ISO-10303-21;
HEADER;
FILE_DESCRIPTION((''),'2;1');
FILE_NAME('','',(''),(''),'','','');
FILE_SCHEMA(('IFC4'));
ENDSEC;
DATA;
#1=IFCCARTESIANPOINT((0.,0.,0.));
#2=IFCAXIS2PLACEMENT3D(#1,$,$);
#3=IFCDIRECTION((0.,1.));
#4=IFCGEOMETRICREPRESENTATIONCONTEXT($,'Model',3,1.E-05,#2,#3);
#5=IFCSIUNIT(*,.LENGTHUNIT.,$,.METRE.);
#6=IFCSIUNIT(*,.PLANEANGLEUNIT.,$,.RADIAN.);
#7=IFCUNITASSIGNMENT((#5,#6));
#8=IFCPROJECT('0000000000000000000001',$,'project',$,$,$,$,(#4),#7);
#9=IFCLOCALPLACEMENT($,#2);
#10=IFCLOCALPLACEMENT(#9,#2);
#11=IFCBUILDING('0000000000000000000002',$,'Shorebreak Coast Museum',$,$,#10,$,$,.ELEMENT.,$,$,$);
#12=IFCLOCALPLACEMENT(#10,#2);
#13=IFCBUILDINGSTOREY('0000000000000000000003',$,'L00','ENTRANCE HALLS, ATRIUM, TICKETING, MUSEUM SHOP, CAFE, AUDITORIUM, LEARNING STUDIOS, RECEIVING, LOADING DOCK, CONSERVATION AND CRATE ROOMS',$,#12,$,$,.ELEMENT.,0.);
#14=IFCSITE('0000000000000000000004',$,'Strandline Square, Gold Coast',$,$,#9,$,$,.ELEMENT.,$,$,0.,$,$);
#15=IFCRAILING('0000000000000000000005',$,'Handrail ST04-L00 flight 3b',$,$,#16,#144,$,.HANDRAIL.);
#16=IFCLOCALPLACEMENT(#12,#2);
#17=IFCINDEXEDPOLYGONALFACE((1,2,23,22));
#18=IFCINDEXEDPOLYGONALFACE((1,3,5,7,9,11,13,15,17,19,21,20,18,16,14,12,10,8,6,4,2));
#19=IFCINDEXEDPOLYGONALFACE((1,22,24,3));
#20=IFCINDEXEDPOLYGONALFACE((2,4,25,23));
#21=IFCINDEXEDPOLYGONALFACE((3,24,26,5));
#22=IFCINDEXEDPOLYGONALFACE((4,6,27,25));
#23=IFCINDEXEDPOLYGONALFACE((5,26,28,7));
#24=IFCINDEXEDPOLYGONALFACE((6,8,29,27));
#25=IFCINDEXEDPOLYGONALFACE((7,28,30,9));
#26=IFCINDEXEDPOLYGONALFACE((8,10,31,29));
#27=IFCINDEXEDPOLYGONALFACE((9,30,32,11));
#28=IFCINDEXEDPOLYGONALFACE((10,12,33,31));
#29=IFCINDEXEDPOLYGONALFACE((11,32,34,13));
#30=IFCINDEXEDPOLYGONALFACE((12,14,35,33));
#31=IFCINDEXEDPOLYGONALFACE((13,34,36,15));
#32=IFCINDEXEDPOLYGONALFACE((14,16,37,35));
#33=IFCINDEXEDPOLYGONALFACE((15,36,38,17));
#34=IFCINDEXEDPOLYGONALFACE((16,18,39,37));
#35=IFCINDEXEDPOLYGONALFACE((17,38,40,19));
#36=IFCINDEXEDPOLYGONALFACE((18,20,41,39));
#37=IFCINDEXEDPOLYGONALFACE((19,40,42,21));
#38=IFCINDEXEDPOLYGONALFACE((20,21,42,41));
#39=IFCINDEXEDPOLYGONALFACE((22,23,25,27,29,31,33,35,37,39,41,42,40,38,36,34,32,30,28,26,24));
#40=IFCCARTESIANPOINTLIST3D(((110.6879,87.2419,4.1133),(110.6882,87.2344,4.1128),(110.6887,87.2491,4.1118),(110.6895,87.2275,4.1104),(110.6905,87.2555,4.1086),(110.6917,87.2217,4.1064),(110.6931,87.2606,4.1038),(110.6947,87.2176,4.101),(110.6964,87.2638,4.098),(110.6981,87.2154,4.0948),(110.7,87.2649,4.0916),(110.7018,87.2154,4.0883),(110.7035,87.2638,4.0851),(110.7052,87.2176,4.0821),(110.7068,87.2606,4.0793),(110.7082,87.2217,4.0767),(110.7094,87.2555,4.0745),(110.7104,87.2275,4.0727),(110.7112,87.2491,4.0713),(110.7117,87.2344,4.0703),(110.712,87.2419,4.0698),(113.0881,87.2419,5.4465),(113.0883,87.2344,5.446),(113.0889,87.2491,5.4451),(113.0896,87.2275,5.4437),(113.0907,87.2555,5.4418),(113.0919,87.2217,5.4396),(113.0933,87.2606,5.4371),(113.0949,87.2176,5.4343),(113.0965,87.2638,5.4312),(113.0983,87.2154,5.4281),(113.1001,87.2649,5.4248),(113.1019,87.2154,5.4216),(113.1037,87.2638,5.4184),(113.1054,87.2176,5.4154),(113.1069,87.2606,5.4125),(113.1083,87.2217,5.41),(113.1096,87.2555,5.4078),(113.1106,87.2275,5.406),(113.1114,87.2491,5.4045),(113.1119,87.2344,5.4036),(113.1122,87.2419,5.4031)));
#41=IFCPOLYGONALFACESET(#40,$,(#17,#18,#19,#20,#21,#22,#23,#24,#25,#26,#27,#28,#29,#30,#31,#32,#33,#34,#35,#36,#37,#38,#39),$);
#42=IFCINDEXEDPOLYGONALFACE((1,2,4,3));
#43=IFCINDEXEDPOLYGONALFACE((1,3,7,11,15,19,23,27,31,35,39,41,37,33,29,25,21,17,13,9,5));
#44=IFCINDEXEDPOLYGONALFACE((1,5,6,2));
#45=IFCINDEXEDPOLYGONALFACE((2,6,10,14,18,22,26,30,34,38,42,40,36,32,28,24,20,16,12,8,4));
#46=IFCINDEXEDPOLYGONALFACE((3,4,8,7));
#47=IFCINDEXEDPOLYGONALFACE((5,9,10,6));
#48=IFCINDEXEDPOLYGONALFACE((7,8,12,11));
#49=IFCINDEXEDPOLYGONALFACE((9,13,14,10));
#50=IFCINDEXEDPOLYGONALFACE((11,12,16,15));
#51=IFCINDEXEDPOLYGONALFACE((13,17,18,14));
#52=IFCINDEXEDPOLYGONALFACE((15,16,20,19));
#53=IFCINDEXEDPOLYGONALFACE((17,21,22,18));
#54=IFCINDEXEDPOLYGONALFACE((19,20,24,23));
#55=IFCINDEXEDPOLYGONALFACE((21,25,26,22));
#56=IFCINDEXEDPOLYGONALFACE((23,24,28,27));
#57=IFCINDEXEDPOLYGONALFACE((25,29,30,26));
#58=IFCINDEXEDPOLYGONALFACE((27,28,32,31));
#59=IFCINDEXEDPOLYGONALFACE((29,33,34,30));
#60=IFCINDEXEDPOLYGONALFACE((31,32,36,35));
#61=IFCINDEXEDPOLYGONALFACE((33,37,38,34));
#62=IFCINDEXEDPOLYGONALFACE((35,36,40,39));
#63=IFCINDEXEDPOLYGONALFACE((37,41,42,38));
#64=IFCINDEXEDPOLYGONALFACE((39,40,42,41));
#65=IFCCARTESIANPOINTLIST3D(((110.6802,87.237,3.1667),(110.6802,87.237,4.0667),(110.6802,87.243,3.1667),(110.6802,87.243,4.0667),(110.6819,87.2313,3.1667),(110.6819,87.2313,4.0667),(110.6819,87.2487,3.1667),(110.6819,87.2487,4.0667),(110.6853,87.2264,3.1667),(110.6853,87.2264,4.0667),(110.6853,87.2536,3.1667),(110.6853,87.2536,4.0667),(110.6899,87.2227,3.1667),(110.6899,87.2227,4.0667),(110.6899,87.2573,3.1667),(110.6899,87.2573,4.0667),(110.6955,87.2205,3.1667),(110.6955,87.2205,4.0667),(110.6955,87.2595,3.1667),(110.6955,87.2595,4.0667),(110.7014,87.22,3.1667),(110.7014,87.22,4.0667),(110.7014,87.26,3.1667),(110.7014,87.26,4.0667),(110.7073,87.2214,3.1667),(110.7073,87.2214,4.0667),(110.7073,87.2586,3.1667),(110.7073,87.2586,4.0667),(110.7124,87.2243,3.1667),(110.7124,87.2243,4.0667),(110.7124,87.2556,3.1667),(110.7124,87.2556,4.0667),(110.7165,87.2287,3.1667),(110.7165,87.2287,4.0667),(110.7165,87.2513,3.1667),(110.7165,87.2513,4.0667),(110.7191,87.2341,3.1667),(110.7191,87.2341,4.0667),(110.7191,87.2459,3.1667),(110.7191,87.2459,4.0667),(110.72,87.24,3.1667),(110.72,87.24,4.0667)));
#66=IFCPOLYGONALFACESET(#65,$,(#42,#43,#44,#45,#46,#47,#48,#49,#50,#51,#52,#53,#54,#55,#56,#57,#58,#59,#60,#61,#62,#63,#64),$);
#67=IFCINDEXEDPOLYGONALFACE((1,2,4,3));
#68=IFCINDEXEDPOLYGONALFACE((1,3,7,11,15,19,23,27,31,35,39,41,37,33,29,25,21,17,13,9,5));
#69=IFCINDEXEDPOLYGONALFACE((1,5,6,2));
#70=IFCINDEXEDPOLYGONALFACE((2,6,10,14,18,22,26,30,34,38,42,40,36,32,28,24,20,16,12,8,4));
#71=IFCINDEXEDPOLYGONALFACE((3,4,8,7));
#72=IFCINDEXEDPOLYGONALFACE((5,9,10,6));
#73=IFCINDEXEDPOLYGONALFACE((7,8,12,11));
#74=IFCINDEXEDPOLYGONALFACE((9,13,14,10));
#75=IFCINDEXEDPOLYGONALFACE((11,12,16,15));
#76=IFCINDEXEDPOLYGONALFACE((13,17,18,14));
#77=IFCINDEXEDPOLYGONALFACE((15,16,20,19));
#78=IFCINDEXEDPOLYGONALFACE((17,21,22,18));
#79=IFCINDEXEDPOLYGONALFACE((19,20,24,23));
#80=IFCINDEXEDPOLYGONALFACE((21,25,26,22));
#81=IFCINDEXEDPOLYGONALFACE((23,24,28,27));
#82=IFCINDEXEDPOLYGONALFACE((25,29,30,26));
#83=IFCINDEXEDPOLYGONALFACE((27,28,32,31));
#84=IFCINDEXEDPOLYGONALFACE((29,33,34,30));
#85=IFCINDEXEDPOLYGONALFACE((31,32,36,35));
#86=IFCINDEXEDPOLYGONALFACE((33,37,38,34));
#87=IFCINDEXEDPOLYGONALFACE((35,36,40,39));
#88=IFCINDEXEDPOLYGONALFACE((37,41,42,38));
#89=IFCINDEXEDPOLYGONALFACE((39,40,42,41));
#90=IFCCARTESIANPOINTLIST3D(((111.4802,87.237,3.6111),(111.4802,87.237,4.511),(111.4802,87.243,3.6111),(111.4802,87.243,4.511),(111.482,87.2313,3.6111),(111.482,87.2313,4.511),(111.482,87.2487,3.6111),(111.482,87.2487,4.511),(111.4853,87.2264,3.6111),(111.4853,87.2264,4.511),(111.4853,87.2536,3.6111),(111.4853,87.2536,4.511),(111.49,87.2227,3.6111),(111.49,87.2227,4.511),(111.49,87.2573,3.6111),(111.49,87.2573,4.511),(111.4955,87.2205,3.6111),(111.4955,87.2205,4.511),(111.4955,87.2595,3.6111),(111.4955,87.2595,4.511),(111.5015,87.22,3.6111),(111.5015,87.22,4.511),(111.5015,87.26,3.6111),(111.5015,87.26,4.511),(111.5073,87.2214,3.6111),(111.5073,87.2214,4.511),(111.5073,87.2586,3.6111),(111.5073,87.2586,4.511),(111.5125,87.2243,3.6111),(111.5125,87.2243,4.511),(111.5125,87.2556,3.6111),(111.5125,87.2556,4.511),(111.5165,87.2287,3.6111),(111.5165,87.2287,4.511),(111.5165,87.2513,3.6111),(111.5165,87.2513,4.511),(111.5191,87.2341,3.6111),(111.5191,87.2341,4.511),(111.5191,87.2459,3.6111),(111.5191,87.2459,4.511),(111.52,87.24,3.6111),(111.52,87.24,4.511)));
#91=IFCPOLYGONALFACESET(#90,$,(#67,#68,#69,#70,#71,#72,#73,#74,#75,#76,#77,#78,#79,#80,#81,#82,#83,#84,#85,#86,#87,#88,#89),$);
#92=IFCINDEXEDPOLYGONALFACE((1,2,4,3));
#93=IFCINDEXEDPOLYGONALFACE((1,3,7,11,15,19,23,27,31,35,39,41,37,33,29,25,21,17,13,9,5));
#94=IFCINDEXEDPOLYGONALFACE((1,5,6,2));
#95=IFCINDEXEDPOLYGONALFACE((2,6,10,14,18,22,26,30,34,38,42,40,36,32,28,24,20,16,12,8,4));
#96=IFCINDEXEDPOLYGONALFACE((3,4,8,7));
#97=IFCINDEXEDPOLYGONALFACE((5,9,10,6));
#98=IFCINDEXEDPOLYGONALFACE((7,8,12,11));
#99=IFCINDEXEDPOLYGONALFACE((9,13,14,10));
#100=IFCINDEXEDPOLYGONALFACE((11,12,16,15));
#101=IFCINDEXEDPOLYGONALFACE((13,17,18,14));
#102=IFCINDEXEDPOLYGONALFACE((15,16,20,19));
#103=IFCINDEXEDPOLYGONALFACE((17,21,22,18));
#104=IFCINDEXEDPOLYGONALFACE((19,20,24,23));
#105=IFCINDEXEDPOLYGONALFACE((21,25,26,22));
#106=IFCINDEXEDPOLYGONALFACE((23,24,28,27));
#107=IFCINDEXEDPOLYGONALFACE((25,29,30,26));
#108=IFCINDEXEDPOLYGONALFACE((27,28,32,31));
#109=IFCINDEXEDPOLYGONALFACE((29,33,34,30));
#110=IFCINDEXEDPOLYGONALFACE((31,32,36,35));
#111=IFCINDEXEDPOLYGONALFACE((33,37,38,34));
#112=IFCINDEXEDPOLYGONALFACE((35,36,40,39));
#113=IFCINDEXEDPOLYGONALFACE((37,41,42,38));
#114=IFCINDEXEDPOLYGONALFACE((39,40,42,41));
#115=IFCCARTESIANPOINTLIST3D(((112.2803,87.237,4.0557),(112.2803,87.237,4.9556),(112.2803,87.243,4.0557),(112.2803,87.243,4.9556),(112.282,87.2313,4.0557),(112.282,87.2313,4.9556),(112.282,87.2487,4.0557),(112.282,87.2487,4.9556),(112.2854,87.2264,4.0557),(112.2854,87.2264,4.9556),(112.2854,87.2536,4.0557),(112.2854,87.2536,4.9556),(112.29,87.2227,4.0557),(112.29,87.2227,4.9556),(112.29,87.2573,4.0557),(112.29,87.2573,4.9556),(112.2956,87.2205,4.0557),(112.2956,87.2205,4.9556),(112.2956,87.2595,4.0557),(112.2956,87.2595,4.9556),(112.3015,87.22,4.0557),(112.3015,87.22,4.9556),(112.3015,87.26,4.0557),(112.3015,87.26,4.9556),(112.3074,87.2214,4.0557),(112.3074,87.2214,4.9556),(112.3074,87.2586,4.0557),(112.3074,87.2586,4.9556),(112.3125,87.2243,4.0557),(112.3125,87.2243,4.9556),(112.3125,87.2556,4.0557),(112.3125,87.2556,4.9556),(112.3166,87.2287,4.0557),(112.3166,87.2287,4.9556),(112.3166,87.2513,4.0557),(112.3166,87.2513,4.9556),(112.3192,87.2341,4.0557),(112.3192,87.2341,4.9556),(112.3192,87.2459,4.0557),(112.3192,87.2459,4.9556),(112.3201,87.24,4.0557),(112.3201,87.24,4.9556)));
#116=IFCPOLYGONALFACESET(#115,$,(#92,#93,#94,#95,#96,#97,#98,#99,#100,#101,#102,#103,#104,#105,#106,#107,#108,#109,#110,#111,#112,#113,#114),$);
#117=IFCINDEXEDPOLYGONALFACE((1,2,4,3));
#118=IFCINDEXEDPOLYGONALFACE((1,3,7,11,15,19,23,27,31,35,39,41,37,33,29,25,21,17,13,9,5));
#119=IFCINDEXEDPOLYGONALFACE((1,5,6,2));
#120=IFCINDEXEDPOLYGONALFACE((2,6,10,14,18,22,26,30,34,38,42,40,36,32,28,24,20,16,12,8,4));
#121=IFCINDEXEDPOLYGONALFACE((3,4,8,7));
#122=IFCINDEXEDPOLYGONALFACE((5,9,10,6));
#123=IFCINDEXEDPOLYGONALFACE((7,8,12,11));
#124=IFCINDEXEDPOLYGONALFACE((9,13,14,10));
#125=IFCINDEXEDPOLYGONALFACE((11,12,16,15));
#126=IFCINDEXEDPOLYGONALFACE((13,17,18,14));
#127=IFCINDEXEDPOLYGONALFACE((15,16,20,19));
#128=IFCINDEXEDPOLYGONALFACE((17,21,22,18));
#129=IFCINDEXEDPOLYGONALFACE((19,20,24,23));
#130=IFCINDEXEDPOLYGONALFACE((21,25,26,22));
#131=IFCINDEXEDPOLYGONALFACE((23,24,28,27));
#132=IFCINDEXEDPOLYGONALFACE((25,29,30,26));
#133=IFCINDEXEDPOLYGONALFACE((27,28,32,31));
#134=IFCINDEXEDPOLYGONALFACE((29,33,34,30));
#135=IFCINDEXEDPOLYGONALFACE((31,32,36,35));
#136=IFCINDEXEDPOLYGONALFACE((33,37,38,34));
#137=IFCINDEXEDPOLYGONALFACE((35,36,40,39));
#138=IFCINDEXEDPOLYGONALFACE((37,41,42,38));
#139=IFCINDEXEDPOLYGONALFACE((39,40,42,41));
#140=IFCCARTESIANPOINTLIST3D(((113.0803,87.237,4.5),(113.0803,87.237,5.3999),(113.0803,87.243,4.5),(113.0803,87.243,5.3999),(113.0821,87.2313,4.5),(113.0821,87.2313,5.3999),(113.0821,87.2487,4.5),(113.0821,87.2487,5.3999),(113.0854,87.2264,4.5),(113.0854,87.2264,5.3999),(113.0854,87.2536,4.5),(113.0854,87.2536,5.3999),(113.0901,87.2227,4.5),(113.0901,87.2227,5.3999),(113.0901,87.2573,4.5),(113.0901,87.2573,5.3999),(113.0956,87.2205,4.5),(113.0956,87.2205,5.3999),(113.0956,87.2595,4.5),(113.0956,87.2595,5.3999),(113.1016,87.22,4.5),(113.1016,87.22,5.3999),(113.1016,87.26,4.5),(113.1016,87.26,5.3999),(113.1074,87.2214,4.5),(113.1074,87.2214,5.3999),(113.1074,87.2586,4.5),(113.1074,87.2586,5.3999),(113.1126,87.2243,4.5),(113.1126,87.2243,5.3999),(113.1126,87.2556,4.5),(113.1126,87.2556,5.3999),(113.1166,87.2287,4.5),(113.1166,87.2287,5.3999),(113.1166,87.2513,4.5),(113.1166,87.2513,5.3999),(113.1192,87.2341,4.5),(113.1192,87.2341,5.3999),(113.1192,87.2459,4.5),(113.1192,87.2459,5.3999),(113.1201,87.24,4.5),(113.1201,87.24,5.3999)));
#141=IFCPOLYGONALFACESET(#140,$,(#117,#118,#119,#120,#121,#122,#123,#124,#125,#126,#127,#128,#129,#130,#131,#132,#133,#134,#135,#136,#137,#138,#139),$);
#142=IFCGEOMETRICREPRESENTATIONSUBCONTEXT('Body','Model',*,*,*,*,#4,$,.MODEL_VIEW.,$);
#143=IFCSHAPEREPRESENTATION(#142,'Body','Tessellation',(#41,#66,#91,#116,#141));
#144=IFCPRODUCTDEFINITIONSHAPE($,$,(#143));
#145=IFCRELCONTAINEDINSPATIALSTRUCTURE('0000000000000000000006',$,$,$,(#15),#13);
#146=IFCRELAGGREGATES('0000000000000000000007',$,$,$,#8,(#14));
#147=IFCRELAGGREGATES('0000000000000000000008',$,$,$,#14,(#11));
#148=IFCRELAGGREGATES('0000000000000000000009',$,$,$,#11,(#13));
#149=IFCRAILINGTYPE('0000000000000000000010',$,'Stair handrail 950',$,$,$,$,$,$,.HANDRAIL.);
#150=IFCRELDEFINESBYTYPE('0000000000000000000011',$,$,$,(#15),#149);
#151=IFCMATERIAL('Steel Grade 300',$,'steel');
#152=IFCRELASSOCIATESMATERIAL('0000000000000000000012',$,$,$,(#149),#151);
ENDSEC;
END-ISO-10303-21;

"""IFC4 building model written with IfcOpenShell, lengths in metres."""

from ifc_helpers import new_model, si_unit, direction, frame, origin, origin_2d, place, context, subcontext, project, spatial, circle, extrude, material, type_object, element, save


model = new_model("IFC4")

# Units and contexts
model_context = context("Model", 3, precision=1e-05, world=origin(), true_north=direction((0.0, 1.0)))
body_context = subcontext(model_context, "Body", "Model", "MODEL_VIEW")
ifc_project = project(units=[si_unit("LENGTHUNIT", "METRE"), si_unit("PLANEANGLEUNIT", "RADIAN")], contexts=[model_context])

# Site, building, storey
site_placement = place(None, origin())
site = spatial("IfcSite", under=ifc_project, at=site_placement, Name="Strandline Square, Gold Coast", CompositionType="ELEMENT", RefElevation=0.0)
building_placement = place(site_placement, origin())
building = spatial("IfcBuilding", under=site, at=building_placement, Name="Shorebreak Coast Museum", CompositionType="ELEMENT")
storey_placement = place(building_placement, origin())
storey = spatial("IfcBuildingStorey", under=building, at=storey_placement, Name="L00", Description="ENTRANCE HALLS, ATRIUM, TICKETING, MUSEUM SHOP, CAFE, AUDITORIUM, LEARNING STUDIOS, RECEIVING, LOADING DOCK, CONSERVATION AND CRATE ROOMS", CompositionType="ELEMENT", Elevation=0.0)

# Railing
ifc_material_1 = material(Name="Steel Grade 300", Category="steel")
railing_type_1 = type_object("IfcRailingType", Name="Stair handrail 950", PredefinedType="HANDRAIL", material=ifc_material_1)
for number, where, name in (
    (1, (110.7, 87.24, 3.1667), "Handrail ST04-L00 flight 3b"),
):
    element("IfcRailing", number, at=place(storey_placement, frame(where)), inside=storey, type_object=railing_type_1, Name=name, PredefinedType="HANDRAIL", context=body_context, shape_type="SweptSolid", body=[
        extrude(circle(Radius=0.0249, at=origin_2d()), frame((0.0, 0.0, 0.9248), z_axis=(0.874182, 0.0, 0.485598), x_axis=(0.0, 1.0, 0.0)), (0.0, 0.0, 1.0), 2.7456),
        extrude(circle(Radius=0.02, at=origin_2d()), origin(), (0.0, 0.0, 1.0), 0.8999),
        extrude(circle(Radius=0.02, at=origin_2d()), frame((0.8, 0.0, 0.4443)), (0.0, 0.0, 1.0), 0.8999),
        extrude(circle(Radius=0.02, at=origin_2d()), frame((1.6001, 0.0, 0.8889)), (0.0, 0.0, 1.0), 0.8999),
        extrude(circle(Radius=0.02, at=origin_2d()), frame((2.4001, 0.0, 1.3333)), (0.0, 0.0, 1.0), 0.8999),
    ])

save(model, "model.ifc")
